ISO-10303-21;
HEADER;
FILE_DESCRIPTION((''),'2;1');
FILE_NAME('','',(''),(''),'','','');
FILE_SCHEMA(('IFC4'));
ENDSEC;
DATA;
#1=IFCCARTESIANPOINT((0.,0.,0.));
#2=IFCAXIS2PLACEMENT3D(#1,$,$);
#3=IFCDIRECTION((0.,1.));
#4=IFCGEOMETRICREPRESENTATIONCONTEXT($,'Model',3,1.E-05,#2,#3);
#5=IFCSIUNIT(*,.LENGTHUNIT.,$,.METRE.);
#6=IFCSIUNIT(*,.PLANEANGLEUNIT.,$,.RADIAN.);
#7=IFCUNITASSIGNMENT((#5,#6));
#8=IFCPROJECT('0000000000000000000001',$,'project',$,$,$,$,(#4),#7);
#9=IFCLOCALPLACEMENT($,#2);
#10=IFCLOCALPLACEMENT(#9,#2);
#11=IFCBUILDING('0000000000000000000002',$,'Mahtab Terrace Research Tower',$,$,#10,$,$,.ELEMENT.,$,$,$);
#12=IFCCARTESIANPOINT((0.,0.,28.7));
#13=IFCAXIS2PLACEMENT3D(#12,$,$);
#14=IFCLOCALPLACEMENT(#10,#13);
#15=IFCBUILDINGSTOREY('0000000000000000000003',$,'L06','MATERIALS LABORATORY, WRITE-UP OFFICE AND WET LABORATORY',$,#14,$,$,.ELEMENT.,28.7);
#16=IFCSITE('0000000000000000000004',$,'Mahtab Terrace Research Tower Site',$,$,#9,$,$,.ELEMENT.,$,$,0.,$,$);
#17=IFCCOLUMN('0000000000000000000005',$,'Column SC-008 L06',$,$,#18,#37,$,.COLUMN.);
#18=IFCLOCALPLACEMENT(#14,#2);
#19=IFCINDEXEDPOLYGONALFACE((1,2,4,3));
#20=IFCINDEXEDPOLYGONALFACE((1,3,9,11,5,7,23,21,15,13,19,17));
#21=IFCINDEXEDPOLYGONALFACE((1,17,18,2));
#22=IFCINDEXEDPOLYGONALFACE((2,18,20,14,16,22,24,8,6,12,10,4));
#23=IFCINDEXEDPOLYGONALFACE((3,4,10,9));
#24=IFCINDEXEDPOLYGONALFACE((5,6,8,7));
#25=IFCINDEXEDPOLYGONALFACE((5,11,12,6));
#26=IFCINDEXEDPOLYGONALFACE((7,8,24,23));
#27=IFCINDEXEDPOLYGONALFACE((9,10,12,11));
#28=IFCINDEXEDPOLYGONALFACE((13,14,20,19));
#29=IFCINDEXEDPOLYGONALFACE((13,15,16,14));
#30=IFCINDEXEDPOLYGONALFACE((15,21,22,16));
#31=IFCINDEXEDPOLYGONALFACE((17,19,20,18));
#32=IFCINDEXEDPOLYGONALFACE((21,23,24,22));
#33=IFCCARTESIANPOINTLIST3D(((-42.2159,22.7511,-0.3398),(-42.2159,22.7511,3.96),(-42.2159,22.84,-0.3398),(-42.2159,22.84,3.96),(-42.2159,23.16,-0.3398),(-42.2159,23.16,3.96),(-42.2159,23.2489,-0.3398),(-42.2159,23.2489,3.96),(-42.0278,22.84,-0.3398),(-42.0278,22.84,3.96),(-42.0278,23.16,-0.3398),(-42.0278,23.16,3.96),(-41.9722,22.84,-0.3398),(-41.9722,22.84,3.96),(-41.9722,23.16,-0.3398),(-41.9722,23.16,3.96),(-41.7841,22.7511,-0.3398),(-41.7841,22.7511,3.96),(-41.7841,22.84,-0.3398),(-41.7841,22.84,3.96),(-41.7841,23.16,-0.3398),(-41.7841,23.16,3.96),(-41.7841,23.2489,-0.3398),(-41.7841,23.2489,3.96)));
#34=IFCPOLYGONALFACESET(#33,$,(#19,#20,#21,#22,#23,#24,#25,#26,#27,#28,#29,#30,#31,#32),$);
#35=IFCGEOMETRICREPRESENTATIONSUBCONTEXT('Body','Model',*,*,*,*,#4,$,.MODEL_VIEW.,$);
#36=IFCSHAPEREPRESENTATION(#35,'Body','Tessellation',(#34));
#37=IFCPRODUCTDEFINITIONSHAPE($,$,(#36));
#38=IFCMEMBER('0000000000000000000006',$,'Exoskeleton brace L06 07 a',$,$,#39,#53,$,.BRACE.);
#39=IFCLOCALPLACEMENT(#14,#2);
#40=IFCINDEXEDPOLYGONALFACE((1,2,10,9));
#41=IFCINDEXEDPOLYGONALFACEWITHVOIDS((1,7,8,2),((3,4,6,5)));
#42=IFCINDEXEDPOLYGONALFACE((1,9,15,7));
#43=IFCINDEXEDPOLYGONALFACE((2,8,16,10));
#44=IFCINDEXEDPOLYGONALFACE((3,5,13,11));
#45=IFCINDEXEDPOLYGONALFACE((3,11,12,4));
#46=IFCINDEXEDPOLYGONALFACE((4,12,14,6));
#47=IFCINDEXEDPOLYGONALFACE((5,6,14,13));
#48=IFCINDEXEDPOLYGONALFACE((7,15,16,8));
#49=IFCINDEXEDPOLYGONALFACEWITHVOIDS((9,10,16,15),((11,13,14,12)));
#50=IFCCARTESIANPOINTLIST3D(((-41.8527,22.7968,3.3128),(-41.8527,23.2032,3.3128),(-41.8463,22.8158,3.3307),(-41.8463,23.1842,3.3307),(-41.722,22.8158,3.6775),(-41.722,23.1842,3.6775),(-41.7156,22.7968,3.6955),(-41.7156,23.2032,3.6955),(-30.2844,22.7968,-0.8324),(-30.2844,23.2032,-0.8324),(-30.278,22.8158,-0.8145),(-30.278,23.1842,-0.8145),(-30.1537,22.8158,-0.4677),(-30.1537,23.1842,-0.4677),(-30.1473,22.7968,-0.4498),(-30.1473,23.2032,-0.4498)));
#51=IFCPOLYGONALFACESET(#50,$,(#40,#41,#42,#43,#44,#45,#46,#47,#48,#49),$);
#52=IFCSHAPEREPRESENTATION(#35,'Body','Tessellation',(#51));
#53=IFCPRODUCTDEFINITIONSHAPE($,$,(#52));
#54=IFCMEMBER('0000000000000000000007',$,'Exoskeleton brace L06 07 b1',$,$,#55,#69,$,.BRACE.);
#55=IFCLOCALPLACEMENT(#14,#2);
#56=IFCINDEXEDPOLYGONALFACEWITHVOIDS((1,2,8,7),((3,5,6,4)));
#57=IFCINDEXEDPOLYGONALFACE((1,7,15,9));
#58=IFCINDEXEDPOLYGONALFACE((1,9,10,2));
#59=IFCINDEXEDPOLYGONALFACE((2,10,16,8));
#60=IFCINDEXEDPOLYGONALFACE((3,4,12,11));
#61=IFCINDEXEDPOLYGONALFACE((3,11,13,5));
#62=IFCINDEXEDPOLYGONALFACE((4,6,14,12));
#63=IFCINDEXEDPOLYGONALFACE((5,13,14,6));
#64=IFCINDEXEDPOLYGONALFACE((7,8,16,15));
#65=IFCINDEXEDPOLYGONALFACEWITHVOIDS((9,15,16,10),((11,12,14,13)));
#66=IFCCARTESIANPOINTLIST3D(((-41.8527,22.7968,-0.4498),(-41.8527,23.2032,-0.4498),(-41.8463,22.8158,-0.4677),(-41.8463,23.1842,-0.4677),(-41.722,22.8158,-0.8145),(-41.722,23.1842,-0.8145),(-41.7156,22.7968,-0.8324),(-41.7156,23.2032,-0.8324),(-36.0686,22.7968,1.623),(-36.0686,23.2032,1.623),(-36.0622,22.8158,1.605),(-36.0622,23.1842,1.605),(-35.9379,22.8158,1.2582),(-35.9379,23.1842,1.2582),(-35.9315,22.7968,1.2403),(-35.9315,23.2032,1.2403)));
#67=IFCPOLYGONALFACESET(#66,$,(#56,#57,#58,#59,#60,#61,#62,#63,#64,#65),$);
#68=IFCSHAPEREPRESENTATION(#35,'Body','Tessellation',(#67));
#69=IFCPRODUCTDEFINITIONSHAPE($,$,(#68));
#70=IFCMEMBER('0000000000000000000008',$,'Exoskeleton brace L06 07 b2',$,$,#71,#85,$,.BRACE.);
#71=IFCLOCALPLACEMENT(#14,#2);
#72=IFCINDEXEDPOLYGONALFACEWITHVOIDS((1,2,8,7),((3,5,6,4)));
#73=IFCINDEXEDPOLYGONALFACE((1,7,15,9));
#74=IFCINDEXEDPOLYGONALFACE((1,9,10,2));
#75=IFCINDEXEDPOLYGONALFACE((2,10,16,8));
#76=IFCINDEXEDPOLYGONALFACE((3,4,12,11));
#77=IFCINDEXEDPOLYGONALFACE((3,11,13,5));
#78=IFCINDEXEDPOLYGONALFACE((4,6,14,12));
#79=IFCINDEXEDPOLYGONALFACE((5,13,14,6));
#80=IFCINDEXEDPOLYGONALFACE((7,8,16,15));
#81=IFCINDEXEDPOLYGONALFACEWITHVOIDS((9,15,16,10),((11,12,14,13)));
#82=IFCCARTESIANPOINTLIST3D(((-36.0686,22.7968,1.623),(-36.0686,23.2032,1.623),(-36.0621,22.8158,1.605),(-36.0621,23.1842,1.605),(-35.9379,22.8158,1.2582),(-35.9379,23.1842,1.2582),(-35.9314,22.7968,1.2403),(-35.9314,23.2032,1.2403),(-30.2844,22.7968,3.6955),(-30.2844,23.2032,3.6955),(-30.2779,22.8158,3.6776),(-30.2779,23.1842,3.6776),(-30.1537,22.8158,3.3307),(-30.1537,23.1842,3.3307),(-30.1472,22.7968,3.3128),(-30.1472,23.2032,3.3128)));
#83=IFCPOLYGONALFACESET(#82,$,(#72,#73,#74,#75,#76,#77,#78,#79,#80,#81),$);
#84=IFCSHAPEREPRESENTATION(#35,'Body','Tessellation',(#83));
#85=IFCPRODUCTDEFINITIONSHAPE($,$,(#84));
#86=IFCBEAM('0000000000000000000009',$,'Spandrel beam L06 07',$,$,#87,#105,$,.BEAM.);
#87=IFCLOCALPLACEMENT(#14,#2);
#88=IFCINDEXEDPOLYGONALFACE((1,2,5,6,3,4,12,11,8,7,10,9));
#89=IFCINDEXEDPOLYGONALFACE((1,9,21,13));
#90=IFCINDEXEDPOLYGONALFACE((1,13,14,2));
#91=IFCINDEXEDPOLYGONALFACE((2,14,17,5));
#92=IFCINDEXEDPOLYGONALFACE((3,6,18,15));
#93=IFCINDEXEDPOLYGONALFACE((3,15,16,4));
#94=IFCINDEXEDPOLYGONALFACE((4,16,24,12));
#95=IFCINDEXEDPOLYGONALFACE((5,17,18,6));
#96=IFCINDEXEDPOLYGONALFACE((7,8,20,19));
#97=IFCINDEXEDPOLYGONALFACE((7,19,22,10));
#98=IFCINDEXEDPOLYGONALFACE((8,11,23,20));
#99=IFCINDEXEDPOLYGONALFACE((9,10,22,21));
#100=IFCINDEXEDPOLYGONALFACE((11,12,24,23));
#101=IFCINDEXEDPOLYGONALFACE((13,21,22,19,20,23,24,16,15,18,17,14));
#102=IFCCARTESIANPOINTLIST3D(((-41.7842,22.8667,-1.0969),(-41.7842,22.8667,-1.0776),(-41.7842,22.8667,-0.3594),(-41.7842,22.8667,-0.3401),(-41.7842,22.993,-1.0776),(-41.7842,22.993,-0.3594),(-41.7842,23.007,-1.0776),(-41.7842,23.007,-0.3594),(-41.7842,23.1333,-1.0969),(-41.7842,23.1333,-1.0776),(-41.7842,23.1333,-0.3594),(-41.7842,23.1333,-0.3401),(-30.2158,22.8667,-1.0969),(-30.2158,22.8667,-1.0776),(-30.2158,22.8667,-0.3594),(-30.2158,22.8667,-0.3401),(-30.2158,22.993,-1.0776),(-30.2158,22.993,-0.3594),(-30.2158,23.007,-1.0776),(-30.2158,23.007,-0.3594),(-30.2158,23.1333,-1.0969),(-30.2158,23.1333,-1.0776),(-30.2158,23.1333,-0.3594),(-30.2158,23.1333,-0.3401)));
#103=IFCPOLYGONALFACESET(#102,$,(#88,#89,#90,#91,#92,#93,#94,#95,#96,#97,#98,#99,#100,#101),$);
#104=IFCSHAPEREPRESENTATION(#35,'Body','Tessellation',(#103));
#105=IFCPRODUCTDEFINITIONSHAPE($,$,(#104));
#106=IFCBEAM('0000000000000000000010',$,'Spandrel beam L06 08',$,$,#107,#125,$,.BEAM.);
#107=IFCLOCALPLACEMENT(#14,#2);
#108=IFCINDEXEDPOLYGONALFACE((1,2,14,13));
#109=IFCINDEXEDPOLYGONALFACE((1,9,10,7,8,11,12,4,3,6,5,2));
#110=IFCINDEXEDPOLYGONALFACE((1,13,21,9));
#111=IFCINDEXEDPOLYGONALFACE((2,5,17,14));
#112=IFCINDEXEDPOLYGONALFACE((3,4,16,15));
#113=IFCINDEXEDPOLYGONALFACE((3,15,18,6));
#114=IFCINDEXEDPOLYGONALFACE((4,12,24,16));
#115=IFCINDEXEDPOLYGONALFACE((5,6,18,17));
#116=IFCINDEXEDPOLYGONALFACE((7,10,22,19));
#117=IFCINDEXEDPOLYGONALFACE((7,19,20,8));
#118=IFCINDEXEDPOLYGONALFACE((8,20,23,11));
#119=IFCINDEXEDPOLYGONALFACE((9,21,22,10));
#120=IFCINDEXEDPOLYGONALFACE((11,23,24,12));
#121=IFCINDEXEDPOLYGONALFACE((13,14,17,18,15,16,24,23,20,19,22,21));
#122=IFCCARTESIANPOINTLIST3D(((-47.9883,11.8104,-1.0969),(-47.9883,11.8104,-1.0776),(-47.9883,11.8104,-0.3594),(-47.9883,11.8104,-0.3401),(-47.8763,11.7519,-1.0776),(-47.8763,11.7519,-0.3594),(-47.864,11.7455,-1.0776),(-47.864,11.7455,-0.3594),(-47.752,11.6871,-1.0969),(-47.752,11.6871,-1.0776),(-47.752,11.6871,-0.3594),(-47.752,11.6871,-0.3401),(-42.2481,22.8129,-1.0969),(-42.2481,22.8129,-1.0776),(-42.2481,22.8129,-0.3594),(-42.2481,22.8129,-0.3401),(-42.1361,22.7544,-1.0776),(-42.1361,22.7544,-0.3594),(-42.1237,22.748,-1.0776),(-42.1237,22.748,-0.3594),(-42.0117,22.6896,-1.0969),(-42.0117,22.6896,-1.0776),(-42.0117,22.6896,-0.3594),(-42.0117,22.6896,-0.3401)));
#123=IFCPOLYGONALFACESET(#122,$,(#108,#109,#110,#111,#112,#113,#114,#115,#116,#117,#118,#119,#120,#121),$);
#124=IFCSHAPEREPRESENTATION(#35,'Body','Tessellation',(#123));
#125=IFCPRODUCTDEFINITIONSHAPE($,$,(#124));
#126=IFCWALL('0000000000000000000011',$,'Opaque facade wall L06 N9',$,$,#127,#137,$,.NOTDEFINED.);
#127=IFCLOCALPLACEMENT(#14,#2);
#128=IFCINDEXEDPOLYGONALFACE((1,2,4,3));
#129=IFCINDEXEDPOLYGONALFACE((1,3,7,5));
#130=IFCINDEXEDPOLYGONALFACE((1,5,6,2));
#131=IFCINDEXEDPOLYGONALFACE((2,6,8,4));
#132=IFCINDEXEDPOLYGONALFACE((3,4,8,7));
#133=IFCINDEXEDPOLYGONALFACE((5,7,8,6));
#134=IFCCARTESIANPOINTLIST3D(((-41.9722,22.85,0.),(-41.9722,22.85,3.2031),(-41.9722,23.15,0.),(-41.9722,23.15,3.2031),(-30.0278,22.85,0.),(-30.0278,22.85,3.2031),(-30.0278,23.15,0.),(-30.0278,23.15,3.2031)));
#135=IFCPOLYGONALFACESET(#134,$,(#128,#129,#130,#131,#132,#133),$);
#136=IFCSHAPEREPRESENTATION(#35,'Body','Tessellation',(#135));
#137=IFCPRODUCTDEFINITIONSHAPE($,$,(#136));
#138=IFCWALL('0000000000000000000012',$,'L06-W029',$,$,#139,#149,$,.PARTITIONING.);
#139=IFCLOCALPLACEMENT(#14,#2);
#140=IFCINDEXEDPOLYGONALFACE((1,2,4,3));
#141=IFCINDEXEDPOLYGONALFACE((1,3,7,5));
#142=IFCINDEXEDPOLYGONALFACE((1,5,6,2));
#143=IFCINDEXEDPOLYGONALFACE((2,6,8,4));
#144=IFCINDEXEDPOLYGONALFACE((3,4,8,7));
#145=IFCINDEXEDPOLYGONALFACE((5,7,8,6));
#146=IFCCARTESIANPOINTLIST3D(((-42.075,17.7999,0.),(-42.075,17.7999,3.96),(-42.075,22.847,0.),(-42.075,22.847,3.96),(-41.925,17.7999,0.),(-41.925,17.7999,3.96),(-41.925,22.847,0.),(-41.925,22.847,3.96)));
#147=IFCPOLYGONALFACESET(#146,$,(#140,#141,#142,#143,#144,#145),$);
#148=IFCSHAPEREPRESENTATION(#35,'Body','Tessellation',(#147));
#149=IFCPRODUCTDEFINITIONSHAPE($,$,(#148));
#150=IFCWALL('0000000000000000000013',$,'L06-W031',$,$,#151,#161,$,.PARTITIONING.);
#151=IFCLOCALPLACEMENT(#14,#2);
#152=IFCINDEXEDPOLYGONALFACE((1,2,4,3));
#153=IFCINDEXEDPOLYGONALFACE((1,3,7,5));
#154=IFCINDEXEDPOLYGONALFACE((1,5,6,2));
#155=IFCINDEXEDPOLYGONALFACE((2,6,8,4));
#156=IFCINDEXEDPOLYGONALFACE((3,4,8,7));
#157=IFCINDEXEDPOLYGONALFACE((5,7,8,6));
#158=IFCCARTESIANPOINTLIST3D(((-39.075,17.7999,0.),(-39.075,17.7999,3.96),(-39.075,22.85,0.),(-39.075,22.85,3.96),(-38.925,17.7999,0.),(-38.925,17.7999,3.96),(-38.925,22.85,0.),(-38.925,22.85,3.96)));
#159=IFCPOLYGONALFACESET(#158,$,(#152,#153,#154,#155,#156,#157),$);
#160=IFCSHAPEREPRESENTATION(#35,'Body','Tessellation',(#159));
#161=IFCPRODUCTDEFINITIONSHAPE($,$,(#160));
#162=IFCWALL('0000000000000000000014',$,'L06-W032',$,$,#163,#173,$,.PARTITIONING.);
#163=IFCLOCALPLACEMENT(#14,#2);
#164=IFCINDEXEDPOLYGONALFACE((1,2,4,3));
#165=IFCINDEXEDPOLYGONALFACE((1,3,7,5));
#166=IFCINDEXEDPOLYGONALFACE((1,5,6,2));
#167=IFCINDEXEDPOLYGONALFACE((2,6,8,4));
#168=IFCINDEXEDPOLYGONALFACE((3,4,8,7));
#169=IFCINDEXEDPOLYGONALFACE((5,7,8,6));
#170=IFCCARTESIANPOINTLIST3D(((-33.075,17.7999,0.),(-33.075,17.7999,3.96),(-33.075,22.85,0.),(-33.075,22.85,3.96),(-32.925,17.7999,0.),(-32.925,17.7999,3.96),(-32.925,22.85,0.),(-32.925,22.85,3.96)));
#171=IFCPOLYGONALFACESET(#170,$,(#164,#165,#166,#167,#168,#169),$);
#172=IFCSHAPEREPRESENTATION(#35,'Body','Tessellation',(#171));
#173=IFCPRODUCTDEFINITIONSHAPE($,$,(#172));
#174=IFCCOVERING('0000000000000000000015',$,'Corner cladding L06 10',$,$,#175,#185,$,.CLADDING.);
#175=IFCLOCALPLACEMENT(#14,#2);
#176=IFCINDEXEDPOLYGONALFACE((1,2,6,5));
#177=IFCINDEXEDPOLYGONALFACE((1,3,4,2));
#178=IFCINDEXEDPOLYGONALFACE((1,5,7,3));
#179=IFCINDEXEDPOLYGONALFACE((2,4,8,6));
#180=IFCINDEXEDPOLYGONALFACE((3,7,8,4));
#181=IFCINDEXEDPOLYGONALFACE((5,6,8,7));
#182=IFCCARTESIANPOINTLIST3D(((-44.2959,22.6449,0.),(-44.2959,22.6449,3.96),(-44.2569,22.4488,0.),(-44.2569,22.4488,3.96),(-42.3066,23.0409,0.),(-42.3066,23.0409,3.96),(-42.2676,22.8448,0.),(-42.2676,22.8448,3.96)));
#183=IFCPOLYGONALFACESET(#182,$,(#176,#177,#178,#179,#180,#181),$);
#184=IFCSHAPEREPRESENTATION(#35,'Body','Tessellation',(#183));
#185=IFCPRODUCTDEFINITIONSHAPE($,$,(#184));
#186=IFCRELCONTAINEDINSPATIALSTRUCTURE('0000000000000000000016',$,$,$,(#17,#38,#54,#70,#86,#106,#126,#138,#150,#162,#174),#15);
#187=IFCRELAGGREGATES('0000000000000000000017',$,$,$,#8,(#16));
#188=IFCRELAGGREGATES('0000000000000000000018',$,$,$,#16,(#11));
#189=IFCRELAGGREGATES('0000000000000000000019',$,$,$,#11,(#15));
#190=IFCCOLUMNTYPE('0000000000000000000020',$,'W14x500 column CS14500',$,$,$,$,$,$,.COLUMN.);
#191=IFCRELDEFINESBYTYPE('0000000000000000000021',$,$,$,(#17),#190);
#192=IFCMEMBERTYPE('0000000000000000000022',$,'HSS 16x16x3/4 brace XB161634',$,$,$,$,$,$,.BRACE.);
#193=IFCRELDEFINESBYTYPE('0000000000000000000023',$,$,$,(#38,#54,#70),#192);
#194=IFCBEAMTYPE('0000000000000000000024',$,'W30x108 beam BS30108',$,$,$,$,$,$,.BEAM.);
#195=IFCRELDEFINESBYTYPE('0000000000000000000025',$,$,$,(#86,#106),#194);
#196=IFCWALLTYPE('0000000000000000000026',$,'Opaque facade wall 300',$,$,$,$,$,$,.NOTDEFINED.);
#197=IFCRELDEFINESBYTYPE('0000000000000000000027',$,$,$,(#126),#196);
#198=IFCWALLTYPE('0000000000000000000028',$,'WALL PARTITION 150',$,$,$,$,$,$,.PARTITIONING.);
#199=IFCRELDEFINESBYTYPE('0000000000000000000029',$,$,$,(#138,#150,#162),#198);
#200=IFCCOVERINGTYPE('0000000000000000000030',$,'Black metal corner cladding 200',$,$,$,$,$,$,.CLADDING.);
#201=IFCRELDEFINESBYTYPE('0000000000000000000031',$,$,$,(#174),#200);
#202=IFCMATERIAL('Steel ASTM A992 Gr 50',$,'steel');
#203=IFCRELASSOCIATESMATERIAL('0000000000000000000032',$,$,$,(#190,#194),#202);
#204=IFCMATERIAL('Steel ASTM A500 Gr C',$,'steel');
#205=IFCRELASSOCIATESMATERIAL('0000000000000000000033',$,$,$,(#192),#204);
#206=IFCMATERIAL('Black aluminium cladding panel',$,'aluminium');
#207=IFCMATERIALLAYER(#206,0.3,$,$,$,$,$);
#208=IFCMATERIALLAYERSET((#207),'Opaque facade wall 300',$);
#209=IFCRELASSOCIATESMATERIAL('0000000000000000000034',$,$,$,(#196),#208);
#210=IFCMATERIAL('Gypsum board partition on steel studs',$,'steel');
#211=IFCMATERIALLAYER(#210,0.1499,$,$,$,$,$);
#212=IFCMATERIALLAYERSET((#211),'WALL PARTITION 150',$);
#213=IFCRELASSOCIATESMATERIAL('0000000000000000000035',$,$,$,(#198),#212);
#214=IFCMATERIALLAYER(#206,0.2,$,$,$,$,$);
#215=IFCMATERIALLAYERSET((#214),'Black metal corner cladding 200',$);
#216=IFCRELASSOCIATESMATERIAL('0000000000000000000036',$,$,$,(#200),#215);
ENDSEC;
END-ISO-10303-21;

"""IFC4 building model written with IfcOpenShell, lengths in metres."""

from ifc_helpers import new_model, si_unit, direction, frame, frame_2d, origin, origin_2d, place, context, subcontext, project, spatial, rectangle, hollow_rectangle, i_section, extrude, material, layer, layer_set, material_profile, profile_set, type_object, element, save


model = new_model("IFC4")

# Units and contexts
model_context = context("Model", 3, precision=1e-05, world=origin(), true_north=direction((0.0, 1.0)))
body_context = subcontext(model_context, "Body", "Model", "MODEL_VIEW")
ifc_project = project(units=[si_unit("LENGTHUNIT", "METRE"), si_unit("PLANEANGLEUNIT", "RADIAN")], contexts=[model_context])

# Site, building, storey
site_placement = place(None, origin())
site = spatial("IfcSite", under=ifc_project, at=site_placement, Name="Mahtab Terrace Research Tower Site", CompositionType="ELEMENT", RefElevation=0.0)
building_placement = place(site_placement, origin())
building = spatial("IfcBuilding", under=site, at=building_placement, Name="Mahtab Terrace Research Tower", CompositionType="ELEMENT")
storey_placement = place(building_placement, frame((0.0, 0.0, 28.7)))
storey = spatial("IfcBuildingStorey", under=building, at=storey_placement, Name="L06", Description="MATERIALS LABORATORY, WRITE-UP OFFICE AND WET LABORATORY", CompositionType="ELEMENT", Elevation=28.7)

# Column
ifc_material_1 = material(Name="Steel ASTM A992 Gr 50", Category="steel")
ifc_material_profile_1 = material_profile(ifc_material_1, i_section(OverallWidth=0.4319, OverallDepth=0.4978, WebThickness=0.0557, FlangeThickness=0.0889, at=origin_2d()), Name="W14X500")
ifc_profile_set_1 = profile_set([ifc_material_profile_1], Name="Steel ASTM A992 Gr 50")
column_type = type_object("IfcColumnType", Name="W14x500 column CS14500", PredefinedType="COLUMN", material=ifc_profile_set_1)
column_placement = place(storey_placement, frame((-42.0, 23.0, -0.3398), z_axis=(0.0, 0.0, 1.0), x_axis=(1.0, 0.0, 0.0)))
element("IfcColumn", 1, at=column_placement, inside=storey, type_object=column_type, Name="Column SC-008 L06", PredefinedType="COLUMN", context=body_context, shape_type="SweptSolid", body=[
    extrude(i_section(OverallWidth=0.4319, OverallDepth=0.4978, WebThickness=0.0557, FlangeThickness=0.0889, at=origin_2d()), origin(), (0.0, 0.0, 1.0), 4.2998),
])

# Members
ifc_material_2 = material(Name="Steel ASTM A500 Gr C", Category="steel")
ifc_material_profile_2 = material_profile(ifc_material_2, hollow_rectangle(XDim=0.4065, YDim=0.4065, WallThickness=0.019, at=origin_2d()), Name="HSS16X16X3/4")
ifc_profile_set_2 = profile_set([ifc_material_profile_2], Name="Steel ASTM A500 Gr C")
member_type = type_object("IfcMemberType", Name="HSS 16x16x3/4 brace XB161634", PredefinedType="BRACE", material=ifc_profile_set_2)
member_placement = place(storey_placement, frame((-30.2158, 23.0, -0.6411), z_axis=(-0.941388, 0.0, 0.337325), x_axis=(0.0, -1.0, 0.0)))
element("IfcMember", 2, at=member_placement, inside=storey, type_object=member_type, Name="Exoskeleton brace L06 07 a", PredefinedType="BRACE", context=body_context, shape_type="SweptSolid", body=[
    extrude(hollow_rectangle(XDim=0.4065, YDim=0.4065, WallThickness=0.019, at=origin_2d()), origin(), (0.0, 0.0, 1.0), 12.2886),
])
for number, where, z_axis, x_axis, name in (
    (3, (-41.7842, 23.0, -0.6411), (0.941382, 0.0, 0.337343), (0.0, 1.0, 0.0), "Exoskeleton brace L06 07 b1"),
    (4, (-36.0, 23.0, 1.4316), (0.941394, 0.0, 0.337308), (0.0, 1.0, 0.0), "Exoskeleton brace L06 07 b2"),
):
    element("IfcMember", number, at=place(storey_placement, frame(where, z_axis=z_axis, x_axis=x_axis)), inside=storey, type_object=member_type, Name=name, PredefinedType="BRACE", context=body_context, shape_type="SweptSolid", body=[
        extrude(hollow_rectangle(XDim=0.4065, YDim=0.4065, WallThickness=0.019, at=origin_2d()), origin(), (0.0, 0.0, 1.0), 6.1443),
    ])

# Beams
ifc_material_profile_3 = material_profile(ifc_material_1, i_section(OverallWidth=0.2666, OverallDepth=0.7568, WebThickness=0.0139, FlangeThickness=0.0193, at=origin_2d()), Name="W30X108")
ifc_profile_set_3 = profile_set([ifc_material_profile_3], Name="Steel ASTM A992 Gr 50")
beam_type = type_object("IfcBeamType", Name="W30x108 beam BS30108", PredefinedType="BEAM", material=ifc_profile_set_3)
beam_1_placement = place(storey_placement, frame((-30.2158, 23.0, -0.7185), z_axis=(-1.0, 0.0, 0.0), x_axis=(0.0, -1.0, 0.0)))
element("IfcBeam", 5, at=beam_1_placement, inside=storey, type_object=beam_type, Name="Spandrel beam L06 07", PredefinedType="BEAM", context=body_context, shape_type="SweptSolid", body=[
    extrude(i_section(OverallWidth=0.2666, OverallDepth=0.7568, WebThickness=0.0139, FlangeThickness=0.0193, at=origin_2d()), origin(), (0.0, 0.0, 1.0), 11.5684),
])
beam_2_placement = place(storey_placement, frame((-42.1299, 22.7512, -0.7185), z_axis=(-0.462555, -0.88659, 0.0), x_axis=(0.88659, -0.462555, 0.0)))
element("IfcBeam", 6, at=beam_2_placement, inside=storey, type_object=beam_type, Name="Spandrel beam L06 08", PredefinedType="BEAM", context=body_context, shape_type="SweptSolid", body=[
    extrude(i_section(OverallWidth=0.2666, OverallDepth=0.7568, WebThickness=0.0139, FlangeThickness=0.0193, at=origin_2d()), origin(), (0.0, 0.0, 1.0), 12.4099),
])

# Walls
ifc_material_3 = material(Name="Black aluminium cladding panel", Category="aluminium")
ifc_layer_1 = layer(ifc_material_3, 0.3)
ifc_layer_set_1 = layer_set([ifc_layer_1], Name="Opaque facade wall 300")
wall_type_1 = type_object("IfcWallType", Name="Opaque facade wall 300", PredefinedType="NOTDEFINED", material=ifc_layer_set_1)
wall_1_placement = place(storey_placement, frame((-30.0278, 23.0, 0.0), z_axis=(0.0, 0.0, 1.0), x_axis=(-1.0, 0.0, 0.0)))
element("IfcWall", 7, at=wall_1_placement, inside=storey, type_object=wall_type_1, Name="Opaque facade wall L06 N9", PredefinedType="NOTDEFINED", context=body_context, shape_type="SweptSolid", body=[
    extrude(rectangle(XDim=11.9443, YDim=0.3, at=frame_2d((5.9722, 0.0))), origin(), (0.0, 0.0, 1.0), 3.2031),
])
ifc_material_4 = material(Name="Gypsum board partition on steel studs", Category="steel")
ifc_layer_2 = layer(ifc_material_4, 0.1499)
ifc_layer_set_2 = layer_set([ifc_layer_2], Name="WALL PARTITION 150")
wall_type_2 = type_object("IfcWallType", Name="WALL PARTITION 150", PredefinedType="PARTITIONING", material=ifc_layer_set_2)
wall_2_placement = place(storey_placement, frame((-42.0, 17.8, 0.0), z_axis=(0.0, 0.0, 1.0), x_axis=(0.0, 1.0, 0.0)))
element("IfcWall", 8, at=wall_2_placement, inside=storey, type_object=wall_type_2, Name="L06-W029", PredefinedType="PARTITIONING", context=body_context, shape_type="SweptSolid", body=[
    extrude(rectangle(XDim=5.0471, YDim=0.1499, at=frame_2d((2.5234, 0.0))), origin(), (0.0, 0.0, 1.0), 3.96),
])
for number, where, z_axis, x_axis, name in (
    (9, (-39.0, 17.8, 0.0), (0.0, 0.0, 1.0), (0.0, 1.0, 0.0), "L06-W031"),
    (10, (-33.0, 17.8, 0.0), (0.0, 0.0, 1.0), (0.0, 1.0, 0.0), "L06-W032"),
):
    element("IfcWall", number, at=place(storey_placement, frame(where, z_axis=z_axis, x_axis=x_axis)), inside=storey, type_object=wall_type_2, Name=name, PredefinedType="PARTITIONING", context=body_context, shape_type="SweptSolid", body=[
        extrude(rectangle(XDim=5.05, YDim=0.1499, at=frame_2d((2.5249, 0.0))), origin(), (0.0, 0.0, 1.0), 3.96),
    ])

# Covering
ifc_layer_3 = layer(ifc_material_3, 0.2)
ifc_layer_set_3 = layer_set([ifc_layer_3], Name="Black metal corner cladding 200")
covering_type = type_object("IfcCoveringType", Name="Black metal corner cladding 200", PredefinedType="CLADDING", material=ifc_layer_set_3)
covering_1_placement = place(storey_placement, frame((-43.2817, 22.7449, 0.0), z_axis=(0.0, 0.0, 1.0), x_axis=(-0.980761, -0.195212, 0.0)))
element("IfcCovering", 11, at=covering_1_placement, inside=storey, type_object=covering_type, Name="Corner cladding L06 10", PredefinedType="CLADDING", context=body_context, shape_type="SweptSolid", body=[
    extrude(rectangle(XDim=2.0283, YDim=0.2, at=origin_2d()), origin(), (0.0, 0.0, 1.0), 3.96),
])

save(model, "model.ifc")
